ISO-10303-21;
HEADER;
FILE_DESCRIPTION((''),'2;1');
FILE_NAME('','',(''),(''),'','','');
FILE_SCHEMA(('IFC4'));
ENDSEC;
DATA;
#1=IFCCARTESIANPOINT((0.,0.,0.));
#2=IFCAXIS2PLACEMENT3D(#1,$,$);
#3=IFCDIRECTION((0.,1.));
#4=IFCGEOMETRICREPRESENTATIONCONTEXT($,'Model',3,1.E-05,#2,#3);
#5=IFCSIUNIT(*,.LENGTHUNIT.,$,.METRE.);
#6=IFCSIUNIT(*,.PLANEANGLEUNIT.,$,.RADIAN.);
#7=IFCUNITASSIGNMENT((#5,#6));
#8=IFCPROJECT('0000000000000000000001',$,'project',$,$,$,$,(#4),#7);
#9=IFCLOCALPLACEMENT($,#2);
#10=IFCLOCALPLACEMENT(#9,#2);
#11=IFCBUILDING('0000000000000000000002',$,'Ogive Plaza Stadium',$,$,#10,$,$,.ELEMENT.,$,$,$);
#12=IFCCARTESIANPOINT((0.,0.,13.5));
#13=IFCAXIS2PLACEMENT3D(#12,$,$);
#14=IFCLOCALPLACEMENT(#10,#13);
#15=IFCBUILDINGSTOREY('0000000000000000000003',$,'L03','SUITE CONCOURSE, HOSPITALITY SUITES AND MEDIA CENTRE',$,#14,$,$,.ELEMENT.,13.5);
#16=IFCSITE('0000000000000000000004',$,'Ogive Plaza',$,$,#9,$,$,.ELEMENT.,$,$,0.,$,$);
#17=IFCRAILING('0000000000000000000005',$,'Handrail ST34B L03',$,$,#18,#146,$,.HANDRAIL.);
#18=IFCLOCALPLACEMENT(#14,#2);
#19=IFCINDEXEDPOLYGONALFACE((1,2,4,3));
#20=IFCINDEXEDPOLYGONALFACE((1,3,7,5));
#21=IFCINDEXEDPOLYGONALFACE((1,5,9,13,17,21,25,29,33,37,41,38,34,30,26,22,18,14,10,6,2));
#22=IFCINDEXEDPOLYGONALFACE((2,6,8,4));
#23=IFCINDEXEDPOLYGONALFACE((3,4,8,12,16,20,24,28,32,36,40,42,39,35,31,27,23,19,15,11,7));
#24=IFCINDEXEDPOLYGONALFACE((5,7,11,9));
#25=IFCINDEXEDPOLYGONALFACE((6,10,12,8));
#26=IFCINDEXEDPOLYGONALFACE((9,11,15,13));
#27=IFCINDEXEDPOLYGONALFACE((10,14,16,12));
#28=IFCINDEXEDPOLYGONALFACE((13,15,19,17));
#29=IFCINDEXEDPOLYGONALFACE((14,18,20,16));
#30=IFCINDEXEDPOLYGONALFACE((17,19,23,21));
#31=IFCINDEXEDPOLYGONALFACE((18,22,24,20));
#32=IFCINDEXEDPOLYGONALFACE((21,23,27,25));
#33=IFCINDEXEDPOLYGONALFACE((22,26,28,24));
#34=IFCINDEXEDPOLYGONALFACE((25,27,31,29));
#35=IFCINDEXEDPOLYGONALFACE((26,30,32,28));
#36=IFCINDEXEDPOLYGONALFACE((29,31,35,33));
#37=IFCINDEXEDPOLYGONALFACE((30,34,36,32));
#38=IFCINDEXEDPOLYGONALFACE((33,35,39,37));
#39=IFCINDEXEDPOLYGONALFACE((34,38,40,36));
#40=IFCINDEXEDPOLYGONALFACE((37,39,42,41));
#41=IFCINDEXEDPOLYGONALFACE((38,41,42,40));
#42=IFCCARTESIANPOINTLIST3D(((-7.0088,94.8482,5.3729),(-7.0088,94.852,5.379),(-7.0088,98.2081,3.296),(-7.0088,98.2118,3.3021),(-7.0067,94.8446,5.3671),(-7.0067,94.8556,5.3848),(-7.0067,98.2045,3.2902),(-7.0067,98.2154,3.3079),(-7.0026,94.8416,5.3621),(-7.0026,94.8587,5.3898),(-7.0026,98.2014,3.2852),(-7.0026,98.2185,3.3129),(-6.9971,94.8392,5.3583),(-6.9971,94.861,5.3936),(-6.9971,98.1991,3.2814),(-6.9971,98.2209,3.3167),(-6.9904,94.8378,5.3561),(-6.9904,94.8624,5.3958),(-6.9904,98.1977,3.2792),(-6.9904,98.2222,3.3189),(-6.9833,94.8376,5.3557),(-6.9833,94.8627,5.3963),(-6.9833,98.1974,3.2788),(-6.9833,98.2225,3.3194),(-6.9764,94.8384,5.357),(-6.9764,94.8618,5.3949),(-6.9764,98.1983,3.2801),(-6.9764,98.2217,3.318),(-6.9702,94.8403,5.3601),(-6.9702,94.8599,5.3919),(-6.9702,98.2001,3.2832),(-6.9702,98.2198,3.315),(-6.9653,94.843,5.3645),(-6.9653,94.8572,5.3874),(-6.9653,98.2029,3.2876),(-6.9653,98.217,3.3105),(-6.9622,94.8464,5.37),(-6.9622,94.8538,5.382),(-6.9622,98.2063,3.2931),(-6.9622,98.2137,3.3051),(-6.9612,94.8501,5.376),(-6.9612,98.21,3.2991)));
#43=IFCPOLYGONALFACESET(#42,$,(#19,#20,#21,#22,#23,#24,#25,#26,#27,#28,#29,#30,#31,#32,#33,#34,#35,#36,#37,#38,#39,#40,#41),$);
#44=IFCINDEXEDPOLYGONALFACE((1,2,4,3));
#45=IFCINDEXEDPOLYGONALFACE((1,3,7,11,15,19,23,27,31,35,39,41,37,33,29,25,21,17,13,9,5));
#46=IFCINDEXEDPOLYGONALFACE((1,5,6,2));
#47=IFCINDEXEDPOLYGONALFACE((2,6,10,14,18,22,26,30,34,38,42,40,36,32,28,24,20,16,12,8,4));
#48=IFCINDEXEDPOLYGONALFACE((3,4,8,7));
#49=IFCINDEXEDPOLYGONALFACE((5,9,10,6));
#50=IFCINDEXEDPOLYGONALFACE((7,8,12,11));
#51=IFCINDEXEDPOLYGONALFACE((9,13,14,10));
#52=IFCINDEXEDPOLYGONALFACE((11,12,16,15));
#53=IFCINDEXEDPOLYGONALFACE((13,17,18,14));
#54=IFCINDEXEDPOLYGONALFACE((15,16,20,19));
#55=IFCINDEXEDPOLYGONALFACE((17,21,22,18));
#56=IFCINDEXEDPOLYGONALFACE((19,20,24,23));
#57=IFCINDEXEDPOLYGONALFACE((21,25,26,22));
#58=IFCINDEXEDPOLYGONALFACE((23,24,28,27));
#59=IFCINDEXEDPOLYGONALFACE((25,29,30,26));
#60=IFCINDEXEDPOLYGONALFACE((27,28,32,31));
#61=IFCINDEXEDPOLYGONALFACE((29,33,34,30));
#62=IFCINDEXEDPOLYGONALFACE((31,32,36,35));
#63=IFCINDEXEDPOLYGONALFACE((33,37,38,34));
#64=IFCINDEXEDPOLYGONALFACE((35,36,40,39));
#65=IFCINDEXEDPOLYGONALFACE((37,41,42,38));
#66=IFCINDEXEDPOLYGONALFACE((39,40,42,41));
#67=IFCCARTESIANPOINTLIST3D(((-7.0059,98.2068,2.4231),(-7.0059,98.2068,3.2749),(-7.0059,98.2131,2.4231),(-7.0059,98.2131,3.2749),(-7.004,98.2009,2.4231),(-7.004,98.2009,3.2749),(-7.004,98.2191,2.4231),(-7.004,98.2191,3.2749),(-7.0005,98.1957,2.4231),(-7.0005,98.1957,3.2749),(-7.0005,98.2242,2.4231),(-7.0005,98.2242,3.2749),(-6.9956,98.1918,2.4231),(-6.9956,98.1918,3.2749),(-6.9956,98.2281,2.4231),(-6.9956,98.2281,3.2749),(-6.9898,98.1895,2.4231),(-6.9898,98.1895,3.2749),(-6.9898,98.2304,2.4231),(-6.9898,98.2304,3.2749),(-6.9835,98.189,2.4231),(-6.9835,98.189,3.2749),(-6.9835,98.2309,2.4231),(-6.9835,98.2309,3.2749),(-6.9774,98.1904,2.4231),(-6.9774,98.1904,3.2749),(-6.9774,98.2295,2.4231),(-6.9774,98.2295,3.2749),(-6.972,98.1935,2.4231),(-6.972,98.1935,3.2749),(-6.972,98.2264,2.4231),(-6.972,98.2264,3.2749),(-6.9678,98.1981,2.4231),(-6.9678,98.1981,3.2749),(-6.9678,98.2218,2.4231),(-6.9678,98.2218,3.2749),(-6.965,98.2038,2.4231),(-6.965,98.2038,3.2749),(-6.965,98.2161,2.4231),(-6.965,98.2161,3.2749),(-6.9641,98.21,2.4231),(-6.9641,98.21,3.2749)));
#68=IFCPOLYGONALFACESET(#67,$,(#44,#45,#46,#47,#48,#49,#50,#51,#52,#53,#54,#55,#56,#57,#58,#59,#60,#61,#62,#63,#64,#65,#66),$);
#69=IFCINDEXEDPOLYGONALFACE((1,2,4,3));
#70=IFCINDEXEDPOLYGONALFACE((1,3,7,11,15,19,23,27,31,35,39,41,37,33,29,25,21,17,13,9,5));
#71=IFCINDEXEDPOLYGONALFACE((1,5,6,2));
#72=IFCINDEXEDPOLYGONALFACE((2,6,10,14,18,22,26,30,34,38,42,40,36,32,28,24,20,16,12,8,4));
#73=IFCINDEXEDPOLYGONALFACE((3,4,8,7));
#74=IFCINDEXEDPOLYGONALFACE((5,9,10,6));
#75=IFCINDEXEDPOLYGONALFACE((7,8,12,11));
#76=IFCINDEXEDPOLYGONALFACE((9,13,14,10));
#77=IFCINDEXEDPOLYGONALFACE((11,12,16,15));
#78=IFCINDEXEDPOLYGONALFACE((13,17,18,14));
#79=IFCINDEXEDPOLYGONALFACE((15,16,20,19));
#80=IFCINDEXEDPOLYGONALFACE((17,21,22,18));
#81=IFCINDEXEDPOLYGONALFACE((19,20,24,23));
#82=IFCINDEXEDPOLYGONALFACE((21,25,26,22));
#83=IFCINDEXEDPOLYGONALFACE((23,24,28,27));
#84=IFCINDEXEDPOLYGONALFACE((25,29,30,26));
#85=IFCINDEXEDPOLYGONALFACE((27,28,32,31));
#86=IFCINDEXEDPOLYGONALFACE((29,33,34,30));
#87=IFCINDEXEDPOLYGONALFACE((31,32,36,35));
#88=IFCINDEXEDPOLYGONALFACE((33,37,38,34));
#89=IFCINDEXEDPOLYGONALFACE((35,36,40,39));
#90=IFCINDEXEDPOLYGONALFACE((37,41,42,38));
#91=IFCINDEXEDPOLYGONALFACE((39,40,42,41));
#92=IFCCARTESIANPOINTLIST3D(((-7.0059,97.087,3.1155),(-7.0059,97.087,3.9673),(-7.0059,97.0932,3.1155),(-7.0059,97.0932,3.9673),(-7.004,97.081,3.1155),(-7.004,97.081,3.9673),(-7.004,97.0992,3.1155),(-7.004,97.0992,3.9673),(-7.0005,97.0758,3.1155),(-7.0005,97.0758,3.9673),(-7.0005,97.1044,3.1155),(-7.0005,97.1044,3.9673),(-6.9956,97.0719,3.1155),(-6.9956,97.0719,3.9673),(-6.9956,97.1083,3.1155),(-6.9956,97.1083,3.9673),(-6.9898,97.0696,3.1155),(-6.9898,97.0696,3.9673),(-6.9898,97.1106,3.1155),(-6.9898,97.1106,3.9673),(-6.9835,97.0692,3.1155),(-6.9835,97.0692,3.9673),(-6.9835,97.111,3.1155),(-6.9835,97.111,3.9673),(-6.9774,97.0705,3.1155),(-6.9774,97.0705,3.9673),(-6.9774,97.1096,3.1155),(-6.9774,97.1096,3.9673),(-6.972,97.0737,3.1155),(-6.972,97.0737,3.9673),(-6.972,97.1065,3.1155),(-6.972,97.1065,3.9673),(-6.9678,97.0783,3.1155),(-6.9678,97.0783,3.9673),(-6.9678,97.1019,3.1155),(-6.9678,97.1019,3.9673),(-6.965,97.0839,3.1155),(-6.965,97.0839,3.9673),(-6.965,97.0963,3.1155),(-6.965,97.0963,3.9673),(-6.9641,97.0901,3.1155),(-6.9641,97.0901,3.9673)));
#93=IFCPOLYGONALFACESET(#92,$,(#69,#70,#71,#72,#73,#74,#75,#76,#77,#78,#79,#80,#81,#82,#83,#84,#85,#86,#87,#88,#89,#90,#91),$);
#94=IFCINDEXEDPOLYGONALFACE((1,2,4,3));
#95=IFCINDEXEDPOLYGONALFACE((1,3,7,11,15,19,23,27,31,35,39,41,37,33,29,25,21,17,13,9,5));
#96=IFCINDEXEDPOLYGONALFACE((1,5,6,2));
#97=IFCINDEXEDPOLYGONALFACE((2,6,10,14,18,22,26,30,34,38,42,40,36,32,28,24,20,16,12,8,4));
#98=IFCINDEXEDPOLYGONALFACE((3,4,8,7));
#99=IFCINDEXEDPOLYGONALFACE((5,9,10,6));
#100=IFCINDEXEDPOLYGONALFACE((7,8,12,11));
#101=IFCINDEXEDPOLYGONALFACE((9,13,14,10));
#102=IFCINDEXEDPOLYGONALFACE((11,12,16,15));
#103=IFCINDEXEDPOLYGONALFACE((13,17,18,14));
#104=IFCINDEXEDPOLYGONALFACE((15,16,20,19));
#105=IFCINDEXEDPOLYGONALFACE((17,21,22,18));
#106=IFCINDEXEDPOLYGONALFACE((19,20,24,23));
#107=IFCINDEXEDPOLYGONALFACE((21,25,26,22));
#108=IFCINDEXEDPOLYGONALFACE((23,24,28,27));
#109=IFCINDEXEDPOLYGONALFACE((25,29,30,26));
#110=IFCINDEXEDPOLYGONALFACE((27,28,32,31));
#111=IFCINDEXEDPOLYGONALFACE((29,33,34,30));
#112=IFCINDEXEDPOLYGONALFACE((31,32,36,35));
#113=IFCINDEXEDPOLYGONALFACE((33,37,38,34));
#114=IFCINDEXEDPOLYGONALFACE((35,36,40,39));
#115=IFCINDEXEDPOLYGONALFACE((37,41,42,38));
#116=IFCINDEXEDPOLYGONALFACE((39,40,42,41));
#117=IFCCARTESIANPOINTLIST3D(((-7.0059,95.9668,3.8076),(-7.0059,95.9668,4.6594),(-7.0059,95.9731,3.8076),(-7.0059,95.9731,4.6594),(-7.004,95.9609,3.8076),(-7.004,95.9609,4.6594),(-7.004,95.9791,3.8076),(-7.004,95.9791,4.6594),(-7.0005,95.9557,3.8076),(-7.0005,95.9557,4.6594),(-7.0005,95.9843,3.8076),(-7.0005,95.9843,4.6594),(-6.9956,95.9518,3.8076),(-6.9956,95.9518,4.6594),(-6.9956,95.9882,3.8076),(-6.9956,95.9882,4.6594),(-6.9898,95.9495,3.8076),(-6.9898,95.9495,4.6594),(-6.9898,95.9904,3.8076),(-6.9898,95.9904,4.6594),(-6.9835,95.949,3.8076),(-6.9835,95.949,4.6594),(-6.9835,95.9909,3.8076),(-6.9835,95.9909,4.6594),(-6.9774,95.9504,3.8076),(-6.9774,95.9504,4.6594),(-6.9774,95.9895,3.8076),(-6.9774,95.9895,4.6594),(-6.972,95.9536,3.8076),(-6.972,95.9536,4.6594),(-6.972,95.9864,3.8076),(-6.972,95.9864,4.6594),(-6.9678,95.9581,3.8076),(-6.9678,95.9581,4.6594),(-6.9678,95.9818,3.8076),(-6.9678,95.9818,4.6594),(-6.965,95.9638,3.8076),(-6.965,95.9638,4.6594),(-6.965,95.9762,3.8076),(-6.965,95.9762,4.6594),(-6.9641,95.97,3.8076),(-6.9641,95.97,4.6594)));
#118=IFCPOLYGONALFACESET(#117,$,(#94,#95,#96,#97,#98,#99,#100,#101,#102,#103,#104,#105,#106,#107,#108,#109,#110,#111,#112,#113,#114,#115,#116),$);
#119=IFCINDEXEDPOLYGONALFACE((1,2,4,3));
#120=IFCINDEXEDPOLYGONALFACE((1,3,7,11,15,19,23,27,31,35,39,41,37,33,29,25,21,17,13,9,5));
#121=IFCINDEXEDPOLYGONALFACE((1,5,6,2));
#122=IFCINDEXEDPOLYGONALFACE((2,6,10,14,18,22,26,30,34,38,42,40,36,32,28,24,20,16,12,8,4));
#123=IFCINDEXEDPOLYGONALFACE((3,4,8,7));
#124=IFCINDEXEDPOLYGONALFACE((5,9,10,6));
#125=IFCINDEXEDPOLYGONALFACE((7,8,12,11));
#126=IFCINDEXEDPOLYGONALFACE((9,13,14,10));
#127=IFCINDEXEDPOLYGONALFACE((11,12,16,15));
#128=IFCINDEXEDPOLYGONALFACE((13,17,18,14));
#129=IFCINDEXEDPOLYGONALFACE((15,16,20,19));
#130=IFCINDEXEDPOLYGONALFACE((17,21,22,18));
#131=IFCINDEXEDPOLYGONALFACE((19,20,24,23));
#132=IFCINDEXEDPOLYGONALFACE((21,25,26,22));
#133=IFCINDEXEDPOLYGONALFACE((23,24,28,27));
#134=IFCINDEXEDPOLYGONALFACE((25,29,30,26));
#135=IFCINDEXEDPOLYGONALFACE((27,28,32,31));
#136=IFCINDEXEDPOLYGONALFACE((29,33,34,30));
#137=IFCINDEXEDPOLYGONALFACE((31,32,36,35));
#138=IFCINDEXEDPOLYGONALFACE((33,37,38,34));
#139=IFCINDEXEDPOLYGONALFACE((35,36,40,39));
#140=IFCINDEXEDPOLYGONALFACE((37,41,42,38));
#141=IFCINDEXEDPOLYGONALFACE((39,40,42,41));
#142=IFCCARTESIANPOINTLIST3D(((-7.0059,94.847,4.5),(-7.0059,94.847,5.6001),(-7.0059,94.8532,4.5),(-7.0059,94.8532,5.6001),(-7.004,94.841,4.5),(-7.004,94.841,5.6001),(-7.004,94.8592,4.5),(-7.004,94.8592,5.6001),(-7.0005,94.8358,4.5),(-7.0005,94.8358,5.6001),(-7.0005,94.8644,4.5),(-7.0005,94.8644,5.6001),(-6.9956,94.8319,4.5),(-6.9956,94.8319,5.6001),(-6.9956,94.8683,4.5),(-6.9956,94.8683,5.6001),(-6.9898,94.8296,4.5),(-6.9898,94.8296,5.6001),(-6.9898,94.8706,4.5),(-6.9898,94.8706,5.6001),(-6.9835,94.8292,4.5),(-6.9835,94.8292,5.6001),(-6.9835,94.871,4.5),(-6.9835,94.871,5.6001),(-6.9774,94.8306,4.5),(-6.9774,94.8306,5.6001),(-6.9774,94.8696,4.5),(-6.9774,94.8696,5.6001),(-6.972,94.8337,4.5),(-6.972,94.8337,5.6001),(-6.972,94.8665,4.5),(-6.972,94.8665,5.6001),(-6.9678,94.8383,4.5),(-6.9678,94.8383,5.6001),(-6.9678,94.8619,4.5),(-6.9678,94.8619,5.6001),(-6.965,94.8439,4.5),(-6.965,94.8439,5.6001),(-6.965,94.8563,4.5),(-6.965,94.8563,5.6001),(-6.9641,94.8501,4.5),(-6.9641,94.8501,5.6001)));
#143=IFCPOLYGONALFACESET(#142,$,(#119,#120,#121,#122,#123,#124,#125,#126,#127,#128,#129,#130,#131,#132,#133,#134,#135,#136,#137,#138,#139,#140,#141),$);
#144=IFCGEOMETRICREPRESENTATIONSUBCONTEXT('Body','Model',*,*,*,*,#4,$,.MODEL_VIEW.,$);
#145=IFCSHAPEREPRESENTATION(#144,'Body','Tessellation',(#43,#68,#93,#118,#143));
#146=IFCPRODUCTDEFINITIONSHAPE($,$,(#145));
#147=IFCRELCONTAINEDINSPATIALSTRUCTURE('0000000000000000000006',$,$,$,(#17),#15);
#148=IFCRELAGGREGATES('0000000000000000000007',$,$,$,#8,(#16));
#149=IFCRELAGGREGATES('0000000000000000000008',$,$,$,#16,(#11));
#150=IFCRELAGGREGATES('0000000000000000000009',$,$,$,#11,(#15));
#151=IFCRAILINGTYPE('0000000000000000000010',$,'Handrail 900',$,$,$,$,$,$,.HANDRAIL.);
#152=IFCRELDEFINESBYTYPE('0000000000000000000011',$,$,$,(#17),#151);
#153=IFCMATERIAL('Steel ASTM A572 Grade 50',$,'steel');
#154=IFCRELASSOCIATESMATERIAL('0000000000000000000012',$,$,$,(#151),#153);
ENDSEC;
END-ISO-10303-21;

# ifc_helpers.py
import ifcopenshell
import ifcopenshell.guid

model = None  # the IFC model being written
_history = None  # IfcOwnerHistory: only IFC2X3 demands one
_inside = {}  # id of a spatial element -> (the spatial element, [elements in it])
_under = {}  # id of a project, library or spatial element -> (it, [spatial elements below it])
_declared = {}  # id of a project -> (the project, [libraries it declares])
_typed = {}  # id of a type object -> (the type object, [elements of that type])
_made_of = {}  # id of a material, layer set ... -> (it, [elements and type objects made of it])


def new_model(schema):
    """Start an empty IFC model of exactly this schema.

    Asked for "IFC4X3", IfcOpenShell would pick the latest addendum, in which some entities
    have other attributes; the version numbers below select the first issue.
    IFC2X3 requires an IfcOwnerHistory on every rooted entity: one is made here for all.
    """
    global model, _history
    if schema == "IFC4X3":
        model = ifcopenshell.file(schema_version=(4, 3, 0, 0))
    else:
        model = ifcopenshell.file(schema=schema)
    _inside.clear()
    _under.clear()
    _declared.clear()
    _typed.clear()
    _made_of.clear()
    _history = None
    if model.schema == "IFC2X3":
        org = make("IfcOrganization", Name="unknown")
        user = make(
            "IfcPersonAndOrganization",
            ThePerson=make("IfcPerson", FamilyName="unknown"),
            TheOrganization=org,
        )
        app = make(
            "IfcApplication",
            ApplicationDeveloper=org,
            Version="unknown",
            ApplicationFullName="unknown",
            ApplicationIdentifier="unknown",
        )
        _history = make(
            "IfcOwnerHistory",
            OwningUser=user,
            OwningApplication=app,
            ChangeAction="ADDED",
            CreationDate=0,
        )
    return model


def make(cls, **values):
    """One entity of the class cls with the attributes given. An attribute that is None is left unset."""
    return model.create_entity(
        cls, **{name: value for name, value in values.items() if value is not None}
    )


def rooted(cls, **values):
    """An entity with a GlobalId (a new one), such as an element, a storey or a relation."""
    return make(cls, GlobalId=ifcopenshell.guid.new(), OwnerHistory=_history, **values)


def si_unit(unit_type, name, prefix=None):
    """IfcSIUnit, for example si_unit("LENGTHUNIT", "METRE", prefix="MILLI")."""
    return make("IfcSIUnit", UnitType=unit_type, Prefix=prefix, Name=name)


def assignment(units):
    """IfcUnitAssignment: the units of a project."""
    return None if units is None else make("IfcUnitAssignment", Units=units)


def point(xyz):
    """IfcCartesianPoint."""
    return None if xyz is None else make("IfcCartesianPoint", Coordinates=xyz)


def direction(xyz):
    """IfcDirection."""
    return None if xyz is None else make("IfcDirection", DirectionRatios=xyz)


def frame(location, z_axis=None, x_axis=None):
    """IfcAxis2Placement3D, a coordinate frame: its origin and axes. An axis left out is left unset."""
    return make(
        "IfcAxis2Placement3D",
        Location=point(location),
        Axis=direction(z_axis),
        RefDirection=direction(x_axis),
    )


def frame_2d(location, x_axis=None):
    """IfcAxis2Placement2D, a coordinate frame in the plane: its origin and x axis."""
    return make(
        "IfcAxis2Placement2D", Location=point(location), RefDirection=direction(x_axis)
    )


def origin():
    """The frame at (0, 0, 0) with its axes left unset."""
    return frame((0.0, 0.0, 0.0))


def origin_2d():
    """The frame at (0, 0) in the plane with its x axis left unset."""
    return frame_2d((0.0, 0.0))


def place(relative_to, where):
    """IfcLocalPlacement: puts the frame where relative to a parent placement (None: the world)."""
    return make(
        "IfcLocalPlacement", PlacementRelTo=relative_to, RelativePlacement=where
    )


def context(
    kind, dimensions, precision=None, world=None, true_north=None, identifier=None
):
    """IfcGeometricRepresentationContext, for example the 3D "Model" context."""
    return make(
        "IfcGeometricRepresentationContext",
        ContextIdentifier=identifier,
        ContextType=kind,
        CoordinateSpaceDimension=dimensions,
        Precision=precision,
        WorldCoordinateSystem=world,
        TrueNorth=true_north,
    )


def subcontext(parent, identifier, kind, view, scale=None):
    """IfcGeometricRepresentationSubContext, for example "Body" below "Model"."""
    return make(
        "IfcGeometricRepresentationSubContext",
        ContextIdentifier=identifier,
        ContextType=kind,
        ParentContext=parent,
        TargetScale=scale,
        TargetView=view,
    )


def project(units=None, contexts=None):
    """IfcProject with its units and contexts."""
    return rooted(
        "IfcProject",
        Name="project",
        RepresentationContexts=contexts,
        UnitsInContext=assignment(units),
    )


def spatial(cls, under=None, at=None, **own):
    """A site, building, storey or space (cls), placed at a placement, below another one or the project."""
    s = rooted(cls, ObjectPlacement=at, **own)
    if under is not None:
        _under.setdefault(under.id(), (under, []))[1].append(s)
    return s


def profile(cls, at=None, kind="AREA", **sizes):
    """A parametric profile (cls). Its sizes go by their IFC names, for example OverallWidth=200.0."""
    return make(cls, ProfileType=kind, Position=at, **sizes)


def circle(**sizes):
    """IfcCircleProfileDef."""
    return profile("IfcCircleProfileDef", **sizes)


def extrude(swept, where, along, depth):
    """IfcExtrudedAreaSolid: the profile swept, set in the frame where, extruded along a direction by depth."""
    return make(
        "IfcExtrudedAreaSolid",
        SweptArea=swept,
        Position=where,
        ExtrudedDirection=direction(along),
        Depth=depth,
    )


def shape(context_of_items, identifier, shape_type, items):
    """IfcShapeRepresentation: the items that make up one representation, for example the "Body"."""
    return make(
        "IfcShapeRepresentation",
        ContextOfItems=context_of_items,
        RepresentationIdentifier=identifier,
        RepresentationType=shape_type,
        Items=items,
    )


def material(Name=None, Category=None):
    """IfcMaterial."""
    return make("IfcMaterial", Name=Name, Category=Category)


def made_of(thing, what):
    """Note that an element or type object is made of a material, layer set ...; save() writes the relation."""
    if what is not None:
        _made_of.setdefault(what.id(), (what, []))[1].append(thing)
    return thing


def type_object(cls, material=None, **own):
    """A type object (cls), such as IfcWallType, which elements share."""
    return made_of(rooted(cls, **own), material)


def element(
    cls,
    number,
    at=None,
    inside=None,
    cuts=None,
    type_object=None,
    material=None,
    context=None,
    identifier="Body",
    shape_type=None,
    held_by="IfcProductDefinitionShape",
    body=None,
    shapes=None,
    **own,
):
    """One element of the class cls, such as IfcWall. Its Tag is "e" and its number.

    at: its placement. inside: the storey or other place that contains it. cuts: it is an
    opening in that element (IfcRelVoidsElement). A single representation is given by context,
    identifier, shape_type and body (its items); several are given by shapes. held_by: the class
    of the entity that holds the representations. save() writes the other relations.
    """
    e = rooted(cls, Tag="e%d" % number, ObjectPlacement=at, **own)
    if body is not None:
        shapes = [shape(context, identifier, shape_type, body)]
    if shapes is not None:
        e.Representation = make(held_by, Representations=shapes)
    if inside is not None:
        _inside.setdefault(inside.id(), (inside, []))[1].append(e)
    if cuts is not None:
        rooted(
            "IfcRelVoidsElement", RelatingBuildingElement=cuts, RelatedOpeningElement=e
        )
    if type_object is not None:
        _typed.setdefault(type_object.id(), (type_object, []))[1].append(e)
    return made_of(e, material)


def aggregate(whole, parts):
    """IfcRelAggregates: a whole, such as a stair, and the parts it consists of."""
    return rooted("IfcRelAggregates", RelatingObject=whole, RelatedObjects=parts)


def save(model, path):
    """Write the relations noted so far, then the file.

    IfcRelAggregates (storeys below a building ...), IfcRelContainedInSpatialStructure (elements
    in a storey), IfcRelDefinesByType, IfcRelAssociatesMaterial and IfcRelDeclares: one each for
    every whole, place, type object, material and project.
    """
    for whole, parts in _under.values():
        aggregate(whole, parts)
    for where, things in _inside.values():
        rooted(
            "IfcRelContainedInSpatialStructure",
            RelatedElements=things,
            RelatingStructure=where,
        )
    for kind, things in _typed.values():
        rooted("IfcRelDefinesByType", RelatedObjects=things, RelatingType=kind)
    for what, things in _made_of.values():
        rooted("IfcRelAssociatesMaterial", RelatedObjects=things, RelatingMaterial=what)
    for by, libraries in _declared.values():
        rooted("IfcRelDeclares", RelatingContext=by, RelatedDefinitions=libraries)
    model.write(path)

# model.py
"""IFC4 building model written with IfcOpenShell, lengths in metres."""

from ifc_helpers import new_model, si_unit, direction, frame, origin, origin_2d, place, context, subcontext, project, spatial, circle, extrude, material, type_object, element, save


model = new_model("IFC4")

# Units and contexts
model_context = context("Model", 3, precision=1e-05, world=origin(), true_north=direction((0.0, 1.0)))
body_context = subcontext(model_context, "Body", "Model", "MODEL_VIEW")
ifc_project = project(units=[si_unit("LENGTHUNIT", "METRE"), si_unit("PLANEANGLEUNIT", "RADIAN")], contexts=[model_context])

# Site, building, storey
site_placement = place(None, origin())
site = spatial("IfcSite", under=ifc_project, at=site_placement, Name="Ogive Plaza", CompositionType="ELEMENT", RefElevation=0.0)
building_placement = place(site_placement, origin())
building = spatial("IfcBuilding", under=site, at=building_placement, Name="Ogive Plaza Stadium", CompositionType="ELEMENT")
storey_placement = place(building_placement, frame((0.0, 0.0, 13.5)))
storey = spatial("IfcBuildingStorey", under=building, at=storey_placement, Name="L03", Description="SUITE CONCOURSE, HOSPITALITY SUITES AND MEDIA CENTRE", CompositionType="ELEMENT", Elevation=13.5)

# Railing
ifc_material_1 = material(Name="Steel ASTM A572 Grade 50", Category="steel")
railing_type_1 = type_object("IfcRailingType", Name="Handrail 900", PredefinedType="HANDRAIL", material=ifc_material_1)
for number, where, name in (
    (1, (-6.9851, 98.21, 2.4231), "Handrail ST34B L03"),
):
    element("IfcRailing", number, at=place(storey_placement, frame(where)), inside=storey, type_object=railing_type_1, Name=name, PredefinedType="HANDRAIL", context=body_context, shape_type="SweptSolid", body=[
        extrude(circle(Radius=0.0239, at=origin_2d()), frame((0.0, 0.0, 0.876), z_axis=(0.0, -0.850606, 0.525803), x_axis=(1.0, 0.0, 0.0)), (0.0, 0.0, 1.0), 3.95),
        extrude(circle(Radius=0.021, at=origin_2d()), origin(), (0.0, 0.0, 1.0), 0.8518),
        extrude(circle(Radius=0.021, at=origin_2d()), frame((0.0, -1.1199, 0.6924)), (0.0, 0.0, 1.0), 0.8518),
        extrude(circle(Radius=0.021, at=origin_2d()), frame((0.0, -2.24, 1.3845)), (0.0, 0.0, 1.0), 0.8518),
        extrude(circle(Radius=0.021, at=origin_2d()), frame((0.0, -3.3599, 2.0769)), (0.0, 0.0, 1.0), 1.1001),
    ])

save(model, "model.ifc")
